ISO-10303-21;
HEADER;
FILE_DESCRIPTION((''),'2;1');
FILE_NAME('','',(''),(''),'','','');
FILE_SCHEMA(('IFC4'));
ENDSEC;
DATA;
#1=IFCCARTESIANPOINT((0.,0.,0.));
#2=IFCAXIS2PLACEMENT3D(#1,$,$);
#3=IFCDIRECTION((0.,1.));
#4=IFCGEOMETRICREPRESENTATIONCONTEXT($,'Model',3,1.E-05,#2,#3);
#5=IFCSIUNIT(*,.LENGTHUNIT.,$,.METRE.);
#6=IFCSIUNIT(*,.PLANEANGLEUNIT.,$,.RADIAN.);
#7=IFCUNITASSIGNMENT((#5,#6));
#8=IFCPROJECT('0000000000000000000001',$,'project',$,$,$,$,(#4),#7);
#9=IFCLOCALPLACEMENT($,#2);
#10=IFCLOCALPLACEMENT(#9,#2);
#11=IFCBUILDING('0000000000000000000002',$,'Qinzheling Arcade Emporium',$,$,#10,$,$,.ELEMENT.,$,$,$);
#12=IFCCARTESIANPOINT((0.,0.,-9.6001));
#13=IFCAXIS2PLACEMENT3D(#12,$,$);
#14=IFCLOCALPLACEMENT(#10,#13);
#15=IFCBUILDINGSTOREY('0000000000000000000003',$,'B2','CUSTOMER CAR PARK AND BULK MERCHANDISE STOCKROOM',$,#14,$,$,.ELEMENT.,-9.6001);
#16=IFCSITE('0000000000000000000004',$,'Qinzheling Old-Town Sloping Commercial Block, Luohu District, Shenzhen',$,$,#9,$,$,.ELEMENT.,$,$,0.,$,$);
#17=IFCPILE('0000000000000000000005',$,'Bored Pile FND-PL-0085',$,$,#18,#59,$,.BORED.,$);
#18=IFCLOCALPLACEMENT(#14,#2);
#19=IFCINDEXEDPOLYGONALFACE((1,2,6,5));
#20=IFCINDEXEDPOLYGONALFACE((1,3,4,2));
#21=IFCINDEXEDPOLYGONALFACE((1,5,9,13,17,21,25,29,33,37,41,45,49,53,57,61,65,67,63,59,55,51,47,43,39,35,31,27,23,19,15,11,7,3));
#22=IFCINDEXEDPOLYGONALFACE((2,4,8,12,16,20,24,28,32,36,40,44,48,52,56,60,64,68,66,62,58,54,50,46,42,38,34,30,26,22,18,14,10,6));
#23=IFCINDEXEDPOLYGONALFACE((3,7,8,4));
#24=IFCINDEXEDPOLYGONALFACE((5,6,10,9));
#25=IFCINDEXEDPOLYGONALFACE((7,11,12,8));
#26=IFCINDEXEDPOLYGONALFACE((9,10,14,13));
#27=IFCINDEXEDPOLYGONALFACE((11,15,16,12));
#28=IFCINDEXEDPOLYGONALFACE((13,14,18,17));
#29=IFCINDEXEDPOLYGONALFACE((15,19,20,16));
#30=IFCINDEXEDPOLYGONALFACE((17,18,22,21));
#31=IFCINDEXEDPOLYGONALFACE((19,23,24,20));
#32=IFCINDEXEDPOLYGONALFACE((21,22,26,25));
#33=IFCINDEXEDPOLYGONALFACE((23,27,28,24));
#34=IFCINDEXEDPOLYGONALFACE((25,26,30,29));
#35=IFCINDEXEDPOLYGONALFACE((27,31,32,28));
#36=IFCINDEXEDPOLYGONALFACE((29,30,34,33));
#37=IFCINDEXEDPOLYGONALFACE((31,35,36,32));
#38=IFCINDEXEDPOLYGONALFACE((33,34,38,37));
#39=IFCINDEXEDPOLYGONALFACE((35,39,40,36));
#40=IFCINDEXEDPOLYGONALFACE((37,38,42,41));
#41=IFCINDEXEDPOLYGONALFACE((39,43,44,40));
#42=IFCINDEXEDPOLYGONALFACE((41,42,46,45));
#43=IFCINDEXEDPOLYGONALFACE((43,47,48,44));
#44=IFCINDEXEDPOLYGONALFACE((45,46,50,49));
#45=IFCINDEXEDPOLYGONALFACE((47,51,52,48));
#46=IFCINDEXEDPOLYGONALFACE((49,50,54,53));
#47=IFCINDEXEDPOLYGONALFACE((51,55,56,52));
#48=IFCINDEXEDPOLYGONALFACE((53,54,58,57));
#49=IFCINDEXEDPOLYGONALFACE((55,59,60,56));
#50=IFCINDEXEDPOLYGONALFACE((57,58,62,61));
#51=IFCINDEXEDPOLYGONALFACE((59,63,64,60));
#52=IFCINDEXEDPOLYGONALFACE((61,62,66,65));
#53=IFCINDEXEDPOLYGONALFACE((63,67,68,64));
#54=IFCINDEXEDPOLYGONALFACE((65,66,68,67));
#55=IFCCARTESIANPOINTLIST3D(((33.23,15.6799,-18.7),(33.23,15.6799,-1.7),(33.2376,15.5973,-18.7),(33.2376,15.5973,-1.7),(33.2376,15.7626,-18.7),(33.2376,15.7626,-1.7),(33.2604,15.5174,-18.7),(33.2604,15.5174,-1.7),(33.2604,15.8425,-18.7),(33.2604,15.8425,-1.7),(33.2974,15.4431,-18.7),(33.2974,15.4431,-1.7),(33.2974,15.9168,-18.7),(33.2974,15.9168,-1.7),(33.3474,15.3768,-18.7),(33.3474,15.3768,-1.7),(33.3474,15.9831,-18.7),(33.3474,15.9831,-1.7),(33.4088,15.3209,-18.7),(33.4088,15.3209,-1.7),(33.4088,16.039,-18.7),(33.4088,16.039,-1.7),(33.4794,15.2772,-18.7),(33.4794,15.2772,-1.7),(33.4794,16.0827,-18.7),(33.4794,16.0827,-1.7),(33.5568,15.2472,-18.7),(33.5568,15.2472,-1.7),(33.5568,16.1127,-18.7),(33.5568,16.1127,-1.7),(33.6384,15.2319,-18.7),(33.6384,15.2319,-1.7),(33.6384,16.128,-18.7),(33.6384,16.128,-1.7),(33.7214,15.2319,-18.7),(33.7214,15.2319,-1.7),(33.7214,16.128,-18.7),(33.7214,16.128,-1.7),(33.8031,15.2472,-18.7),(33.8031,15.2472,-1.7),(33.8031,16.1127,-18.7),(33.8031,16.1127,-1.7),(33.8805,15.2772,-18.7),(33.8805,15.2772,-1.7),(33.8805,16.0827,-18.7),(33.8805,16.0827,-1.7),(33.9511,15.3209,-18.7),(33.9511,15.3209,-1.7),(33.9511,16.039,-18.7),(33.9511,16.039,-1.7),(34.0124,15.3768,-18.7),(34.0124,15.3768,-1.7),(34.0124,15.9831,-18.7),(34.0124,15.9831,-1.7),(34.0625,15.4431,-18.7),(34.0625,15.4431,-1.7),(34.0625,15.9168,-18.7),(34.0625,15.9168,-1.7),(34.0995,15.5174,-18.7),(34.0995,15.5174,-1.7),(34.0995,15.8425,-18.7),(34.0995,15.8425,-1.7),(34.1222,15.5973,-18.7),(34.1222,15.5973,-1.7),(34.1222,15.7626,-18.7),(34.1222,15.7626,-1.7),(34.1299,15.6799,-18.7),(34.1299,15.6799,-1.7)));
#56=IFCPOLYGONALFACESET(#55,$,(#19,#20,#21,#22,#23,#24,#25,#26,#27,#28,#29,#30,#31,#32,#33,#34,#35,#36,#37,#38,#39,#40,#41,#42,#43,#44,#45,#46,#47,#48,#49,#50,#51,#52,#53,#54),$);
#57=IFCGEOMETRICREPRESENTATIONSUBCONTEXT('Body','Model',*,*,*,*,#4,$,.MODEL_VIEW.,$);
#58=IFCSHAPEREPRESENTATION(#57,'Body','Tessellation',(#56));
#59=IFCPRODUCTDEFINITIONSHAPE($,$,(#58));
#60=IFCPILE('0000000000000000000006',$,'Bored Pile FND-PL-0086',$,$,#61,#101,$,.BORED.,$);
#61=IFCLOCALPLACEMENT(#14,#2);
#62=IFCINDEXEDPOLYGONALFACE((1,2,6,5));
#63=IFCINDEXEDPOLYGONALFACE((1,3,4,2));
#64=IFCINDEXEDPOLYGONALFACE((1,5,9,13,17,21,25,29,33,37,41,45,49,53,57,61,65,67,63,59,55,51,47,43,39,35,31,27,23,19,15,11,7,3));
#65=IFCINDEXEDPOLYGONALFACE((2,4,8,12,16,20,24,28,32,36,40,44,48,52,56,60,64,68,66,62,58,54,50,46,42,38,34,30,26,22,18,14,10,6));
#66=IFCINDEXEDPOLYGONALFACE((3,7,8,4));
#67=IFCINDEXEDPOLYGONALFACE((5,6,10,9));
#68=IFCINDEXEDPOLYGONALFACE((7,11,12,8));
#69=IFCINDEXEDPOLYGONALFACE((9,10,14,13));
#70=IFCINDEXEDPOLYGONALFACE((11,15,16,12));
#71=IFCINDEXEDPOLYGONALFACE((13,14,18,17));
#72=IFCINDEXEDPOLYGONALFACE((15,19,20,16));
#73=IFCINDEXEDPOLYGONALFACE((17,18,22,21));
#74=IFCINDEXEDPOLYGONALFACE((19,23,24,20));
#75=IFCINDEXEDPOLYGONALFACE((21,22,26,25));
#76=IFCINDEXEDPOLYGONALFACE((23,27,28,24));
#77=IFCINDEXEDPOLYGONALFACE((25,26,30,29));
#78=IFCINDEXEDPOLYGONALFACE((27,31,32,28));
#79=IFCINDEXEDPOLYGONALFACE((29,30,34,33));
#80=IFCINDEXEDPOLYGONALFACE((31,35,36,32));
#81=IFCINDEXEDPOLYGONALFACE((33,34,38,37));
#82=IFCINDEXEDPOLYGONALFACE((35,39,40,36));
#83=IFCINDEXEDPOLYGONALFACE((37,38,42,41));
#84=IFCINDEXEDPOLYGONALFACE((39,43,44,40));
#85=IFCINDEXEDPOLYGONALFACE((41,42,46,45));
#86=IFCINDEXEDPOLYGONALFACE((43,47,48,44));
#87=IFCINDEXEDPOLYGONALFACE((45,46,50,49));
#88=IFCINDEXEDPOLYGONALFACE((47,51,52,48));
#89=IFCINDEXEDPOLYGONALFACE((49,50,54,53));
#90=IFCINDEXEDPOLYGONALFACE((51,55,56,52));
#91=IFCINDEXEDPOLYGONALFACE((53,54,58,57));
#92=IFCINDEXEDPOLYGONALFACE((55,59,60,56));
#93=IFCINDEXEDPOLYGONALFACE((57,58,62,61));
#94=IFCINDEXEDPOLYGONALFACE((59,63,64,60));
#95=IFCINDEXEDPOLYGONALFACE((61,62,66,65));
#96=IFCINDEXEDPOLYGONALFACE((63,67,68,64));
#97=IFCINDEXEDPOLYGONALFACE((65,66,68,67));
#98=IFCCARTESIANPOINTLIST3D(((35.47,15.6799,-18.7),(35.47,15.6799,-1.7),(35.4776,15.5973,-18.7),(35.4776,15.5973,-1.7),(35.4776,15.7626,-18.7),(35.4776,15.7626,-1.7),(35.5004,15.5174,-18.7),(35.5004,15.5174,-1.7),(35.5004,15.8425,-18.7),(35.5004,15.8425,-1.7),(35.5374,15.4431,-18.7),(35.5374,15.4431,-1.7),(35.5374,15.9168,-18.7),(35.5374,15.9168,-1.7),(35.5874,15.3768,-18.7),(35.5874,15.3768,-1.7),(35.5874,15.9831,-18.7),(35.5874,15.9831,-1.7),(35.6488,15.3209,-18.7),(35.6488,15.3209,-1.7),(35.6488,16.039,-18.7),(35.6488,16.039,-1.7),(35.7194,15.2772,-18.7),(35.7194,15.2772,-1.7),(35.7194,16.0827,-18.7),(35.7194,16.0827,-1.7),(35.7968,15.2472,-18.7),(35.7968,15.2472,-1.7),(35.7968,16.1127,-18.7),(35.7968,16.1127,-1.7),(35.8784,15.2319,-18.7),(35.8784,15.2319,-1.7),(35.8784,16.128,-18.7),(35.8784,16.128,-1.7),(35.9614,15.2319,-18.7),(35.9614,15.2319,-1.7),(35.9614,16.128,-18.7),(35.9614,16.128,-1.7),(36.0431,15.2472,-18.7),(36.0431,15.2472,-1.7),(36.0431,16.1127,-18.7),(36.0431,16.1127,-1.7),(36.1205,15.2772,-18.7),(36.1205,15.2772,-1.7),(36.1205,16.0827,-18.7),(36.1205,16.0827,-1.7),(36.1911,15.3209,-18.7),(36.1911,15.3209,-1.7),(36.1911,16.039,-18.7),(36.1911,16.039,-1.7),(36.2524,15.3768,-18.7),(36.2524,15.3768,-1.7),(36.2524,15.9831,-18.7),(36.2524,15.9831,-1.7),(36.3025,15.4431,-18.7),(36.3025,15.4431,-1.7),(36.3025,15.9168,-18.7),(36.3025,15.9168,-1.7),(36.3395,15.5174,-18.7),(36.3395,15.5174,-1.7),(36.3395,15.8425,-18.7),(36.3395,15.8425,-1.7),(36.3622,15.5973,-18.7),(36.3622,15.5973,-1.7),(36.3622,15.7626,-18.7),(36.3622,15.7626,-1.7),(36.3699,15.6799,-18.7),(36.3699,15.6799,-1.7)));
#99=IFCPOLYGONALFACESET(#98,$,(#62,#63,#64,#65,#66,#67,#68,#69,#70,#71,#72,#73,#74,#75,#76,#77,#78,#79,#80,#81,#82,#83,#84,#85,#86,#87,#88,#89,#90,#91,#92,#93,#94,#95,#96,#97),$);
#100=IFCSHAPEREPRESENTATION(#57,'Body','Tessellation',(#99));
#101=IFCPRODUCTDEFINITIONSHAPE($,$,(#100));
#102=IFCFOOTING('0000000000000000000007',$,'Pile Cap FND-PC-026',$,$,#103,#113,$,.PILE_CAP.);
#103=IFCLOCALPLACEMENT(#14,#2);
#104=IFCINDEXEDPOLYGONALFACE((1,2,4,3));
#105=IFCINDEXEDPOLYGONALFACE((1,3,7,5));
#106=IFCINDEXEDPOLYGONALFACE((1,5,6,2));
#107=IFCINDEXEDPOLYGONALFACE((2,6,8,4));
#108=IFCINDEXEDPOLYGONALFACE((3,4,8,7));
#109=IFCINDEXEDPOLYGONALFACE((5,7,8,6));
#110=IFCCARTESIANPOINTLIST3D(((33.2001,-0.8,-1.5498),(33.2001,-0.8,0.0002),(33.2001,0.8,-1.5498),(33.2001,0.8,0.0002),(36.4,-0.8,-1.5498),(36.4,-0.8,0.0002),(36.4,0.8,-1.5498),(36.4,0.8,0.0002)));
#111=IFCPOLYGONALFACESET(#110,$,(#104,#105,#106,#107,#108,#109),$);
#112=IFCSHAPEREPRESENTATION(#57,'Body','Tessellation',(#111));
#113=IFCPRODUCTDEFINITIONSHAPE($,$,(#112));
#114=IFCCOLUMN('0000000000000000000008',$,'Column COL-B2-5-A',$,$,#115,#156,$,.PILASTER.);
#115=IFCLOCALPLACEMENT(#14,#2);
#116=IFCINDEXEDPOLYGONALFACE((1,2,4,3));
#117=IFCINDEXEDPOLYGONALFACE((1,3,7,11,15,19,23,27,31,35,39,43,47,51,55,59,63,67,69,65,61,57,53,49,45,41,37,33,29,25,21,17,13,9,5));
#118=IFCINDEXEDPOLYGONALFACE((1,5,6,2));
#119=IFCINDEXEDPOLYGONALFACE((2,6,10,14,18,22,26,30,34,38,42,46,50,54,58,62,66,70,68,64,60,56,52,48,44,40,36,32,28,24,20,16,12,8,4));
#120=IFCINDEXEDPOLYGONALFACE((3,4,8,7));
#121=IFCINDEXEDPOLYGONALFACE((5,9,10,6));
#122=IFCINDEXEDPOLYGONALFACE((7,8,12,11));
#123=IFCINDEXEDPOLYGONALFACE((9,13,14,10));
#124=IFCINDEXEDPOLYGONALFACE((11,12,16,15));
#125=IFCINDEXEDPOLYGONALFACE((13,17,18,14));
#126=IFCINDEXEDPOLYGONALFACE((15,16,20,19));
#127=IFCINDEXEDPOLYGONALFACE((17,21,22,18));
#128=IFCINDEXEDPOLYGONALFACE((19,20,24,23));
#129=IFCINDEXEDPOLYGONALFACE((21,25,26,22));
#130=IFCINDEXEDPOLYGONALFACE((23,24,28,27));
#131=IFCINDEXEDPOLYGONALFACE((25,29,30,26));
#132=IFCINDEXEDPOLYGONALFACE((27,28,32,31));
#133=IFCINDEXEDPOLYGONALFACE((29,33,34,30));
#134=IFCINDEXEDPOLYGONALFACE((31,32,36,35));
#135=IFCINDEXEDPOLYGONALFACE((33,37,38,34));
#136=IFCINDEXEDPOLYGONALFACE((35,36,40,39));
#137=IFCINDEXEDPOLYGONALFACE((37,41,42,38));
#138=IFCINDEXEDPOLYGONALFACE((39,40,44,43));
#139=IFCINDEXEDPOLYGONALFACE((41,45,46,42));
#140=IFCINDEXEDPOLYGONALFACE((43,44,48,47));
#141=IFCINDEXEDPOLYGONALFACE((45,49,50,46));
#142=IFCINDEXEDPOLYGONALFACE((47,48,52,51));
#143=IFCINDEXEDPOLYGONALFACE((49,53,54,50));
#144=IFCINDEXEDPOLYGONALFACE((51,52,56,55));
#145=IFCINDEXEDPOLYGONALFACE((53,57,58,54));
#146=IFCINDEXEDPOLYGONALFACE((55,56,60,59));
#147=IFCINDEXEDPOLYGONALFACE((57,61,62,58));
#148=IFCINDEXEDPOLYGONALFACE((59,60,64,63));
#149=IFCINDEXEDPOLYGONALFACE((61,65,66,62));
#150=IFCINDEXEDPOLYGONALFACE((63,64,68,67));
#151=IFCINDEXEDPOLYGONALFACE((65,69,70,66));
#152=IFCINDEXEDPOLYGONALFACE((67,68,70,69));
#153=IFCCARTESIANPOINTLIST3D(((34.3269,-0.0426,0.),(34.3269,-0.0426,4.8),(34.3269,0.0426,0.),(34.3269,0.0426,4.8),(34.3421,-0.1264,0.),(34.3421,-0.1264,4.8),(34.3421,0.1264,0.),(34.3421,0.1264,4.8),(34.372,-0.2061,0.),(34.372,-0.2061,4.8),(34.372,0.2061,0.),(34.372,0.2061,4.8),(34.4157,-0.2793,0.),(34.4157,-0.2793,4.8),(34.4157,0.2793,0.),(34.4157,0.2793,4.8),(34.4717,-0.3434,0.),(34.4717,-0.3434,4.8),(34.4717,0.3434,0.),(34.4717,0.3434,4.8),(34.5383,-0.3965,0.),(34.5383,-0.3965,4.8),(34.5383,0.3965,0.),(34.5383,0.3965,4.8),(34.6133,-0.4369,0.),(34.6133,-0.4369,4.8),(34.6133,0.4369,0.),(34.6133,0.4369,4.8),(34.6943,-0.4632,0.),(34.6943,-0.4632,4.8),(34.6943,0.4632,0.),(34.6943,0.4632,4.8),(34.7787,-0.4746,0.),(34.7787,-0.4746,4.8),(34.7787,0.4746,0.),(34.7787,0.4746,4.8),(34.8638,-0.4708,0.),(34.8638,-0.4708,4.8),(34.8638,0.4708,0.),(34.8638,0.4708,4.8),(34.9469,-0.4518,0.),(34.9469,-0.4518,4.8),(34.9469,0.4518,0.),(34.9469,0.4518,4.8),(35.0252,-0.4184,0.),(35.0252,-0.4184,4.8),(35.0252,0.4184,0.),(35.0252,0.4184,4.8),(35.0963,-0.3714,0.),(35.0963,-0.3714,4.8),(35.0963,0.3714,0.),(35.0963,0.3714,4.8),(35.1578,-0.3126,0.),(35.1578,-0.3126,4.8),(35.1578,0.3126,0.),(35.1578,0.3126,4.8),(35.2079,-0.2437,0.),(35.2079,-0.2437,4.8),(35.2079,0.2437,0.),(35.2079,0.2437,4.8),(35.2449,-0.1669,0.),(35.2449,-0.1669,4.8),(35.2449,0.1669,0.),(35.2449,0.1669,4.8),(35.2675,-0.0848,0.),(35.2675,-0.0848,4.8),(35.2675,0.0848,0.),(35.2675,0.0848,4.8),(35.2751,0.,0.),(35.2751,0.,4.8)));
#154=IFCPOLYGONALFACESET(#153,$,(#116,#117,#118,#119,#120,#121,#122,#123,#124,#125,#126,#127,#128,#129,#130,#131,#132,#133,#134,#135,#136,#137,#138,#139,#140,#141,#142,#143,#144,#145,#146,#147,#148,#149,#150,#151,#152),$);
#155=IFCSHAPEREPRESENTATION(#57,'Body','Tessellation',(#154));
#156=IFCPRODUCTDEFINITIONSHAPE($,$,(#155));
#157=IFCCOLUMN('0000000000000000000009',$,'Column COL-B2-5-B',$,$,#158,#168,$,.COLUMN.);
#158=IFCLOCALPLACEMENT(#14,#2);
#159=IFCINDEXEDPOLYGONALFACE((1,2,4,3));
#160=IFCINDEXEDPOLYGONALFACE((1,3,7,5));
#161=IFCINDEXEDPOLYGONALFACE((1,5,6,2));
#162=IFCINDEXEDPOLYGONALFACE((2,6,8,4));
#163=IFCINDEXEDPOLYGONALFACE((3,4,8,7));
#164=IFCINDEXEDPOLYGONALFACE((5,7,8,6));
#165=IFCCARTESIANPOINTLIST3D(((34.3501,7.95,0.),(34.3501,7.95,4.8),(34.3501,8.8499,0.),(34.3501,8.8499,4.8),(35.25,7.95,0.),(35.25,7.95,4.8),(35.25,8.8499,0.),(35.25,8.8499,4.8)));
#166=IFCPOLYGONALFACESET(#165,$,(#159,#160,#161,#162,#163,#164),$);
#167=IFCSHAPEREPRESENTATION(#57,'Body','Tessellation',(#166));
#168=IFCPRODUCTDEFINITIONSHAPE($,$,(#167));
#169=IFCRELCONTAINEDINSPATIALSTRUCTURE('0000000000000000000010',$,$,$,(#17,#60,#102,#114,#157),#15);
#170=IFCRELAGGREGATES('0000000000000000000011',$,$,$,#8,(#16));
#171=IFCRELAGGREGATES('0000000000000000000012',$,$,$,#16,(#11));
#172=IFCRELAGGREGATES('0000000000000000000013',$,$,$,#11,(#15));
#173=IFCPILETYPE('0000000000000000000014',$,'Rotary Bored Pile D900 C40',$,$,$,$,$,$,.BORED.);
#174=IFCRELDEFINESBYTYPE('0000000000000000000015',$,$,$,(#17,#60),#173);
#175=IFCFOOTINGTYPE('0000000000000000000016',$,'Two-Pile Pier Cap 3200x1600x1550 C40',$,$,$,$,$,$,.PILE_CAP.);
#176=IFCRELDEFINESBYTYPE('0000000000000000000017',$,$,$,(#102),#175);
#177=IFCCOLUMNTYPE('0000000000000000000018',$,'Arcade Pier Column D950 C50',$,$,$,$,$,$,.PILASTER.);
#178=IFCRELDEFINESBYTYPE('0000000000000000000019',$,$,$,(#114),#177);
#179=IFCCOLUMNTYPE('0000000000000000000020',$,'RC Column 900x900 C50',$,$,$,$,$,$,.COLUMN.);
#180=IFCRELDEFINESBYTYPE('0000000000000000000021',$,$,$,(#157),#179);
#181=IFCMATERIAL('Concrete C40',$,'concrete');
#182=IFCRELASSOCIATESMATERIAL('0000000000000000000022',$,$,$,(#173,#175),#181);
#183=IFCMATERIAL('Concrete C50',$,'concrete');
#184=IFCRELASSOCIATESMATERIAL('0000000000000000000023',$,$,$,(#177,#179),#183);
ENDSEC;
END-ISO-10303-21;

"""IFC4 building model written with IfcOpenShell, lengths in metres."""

from ifc_helpers import new_model, si_unit, direction, frame, origin, origin_2d, place, context, subcontext, project, spatial, rectangle, circle, extrude, material, material_profile, profile_set, type_object, element, save


model = new_model("IFC4")

# Units and contexts
model_context = context("Model", 3, precision=1e-05, world=origin(), true_north=direction((0.0, 1.0)))
body_context = subcontext(model_context, "Body", "Model", "MODEL_VIEW")
ifc_project = project(units=[si_unit("LENGTHUNIT", "METRE"), si_unit("PLANEANGLEUNIT", "RADIAN")], contexts=[model_context])

# Site, building, storey
site_placement = place(None, origin())
site = spatial("IfcSite", under=ifc_project, at=site_placement, Name="Qinzheling Old-Town Sloping Commercial Block, Luohu District, Shenzhen", CompositionType="ELEMENT", RefElevation=0.0)
building_placement = place(site_placement, origin())
building = spatial("IfcBuilding", under=site, at=building_placement, Name="Qinzheling Arcade Emporium", CompositionType="ELEMENT")
storey_placement = place(building_placement, frame((0.0, 0.0, -9.6001)))
storey = spatial("IfcBuildingStorey", under=building, at=storey_placement, Name="B2", Description="CUSTOMER CAR PARK AND BULK MERCHANDISE STOCKROOM", CompositionType="ELEMENT", Elevation=-9.6001)

# Shared definitions
ifc_material_1 = material(Name="Concrete C40", Category="concrete")

# Piles
ifc_material_profile_1 = material_profile(ifc_material_1, circle(Radius=0.45, at=origin_2d()), Name="BORED D900", Category="concrete")
ifc_profile_set_1 = profile_set([ifc_material_profile_1], Name="Concrete C40")
pile_type = type_object("IfcPileType", Name="Rotary Bored Pile D900 C40", PredefinedType="BORED", material=ifc_profile_set_1)
for number, where, z_axis, x_axis, name in (
    (1, (33.6799, 15.6799, -1.7), (0.0, 0.0, -1.0), (1.0, 0.0, 0.0), "Bored Pile FND-PL-0085"),
    (2, (35.9199, 15.6799, -1.7), (0.0, 0.0, -1.0), (1.0, 0.0, 0.0), "Bored Pile FND-PL-0086"),
):
    element("IfcPile", number, at=place(storey_placement, frame(where, z_axis=z_axis, x_axis=x_axis)), inside=storey, type_object=pile_type, Name=name, PredefinedType="BORED", context=body_context, shape_type="SweptSolid", body=[
        extrude(circle(Radius=0.45, at=origin_2d()), origin(), (0.0, 0.0, 1.0), 17.0),
    ])

# Footing
footing_type_1 = type_object("IfcFootingType", Name="Two-Pile Pier Cap 3200x1600x1550 C40", PredefinedType="PILE_CAP", material=ifc_material_1)
footing_1_placement = place(storey_placement, frame((34.8, 0.0, -1.5498), z_axis=(0.0, 0.0, 1.0), x_axis=(1.0, 0.0, 0.0)))
element("IfcFooting", 3, at=footing_1_placement, inside=storey, type_object=footing_type_1, Name="Pile Cap FND-PC-026", PredefinedType="PILE_CAP", context=body_context, shape_type="SweptSolid", body=[
    extrude(rectangle(XDim=3.2, YDim=1.6001, at=origin_2d()), origin(), (0.0, 0.0, 1.0), 1.55),
])

# Columns
ifc_material_2 = material(Name="Concrete C50", Category="concrete")
ifc_material_profile_2 = material_profile(ifc_material_2, circle(Radius=0.4751, at=origin_2d()), Name="RC D950", Category="concrete")
ifc_profile_set_2 = profile_set([ifc_material_profile_2], Name="Concrete C50")
column_type_1 = type_object("IfcColumnType", Name="Arcade Pier Column D950 C50", PredefinedType="PILASTER", material=ifc_profile_set_2)
column_1_placement = place(storey_placement, frame((34.8, 0.0, 0.0), z_axis=(0.0, 0.0, 1.0), x_axis=(1.0, 0.0, 0.0)))
element("IfcColumn", 4, at=column_1_placement, inside=storey, type_object=column_type_1, Name="Column COL-B2-5-A", PredefinedType="PILASTER", context=body_context, shape_type="SweptSolid", body=[
    extrude(circle(Radius=0.4751, at=origin_2d()), origin(), (0.0, 0.0, 1.0), 4.8),
])
ifc_material_profile_3 = material_profile(ifc_material_2, rectangle(XDim=0.8999, YDim=0.8999, at=origin_2d()), Name="RC 900x900", Category="concrete")
ifc_profile_set_3 = profile_set([ifc_material_profile_3], Name="Concrete C50")
column_type_2 = type_object("IfcColumnType", Name="RC Column 900x900 C50", PredefinedType="COLUMN", material=ifc_profile_set_3)
column_2_placement = place(storey_placement, frame((34.8, 8.3999, 0.0), z_axis=(0.0, 0.0, 1.0), x_axis=(1.0, 0.0, 0.0)))
element("IfcColumn", 5, at=column_2_placement, inside=storey, type_object=column_type_2, Name="Column COL-B2-5-B", PredefinedType="COLUMN", context=body_context, shape_type="SweptSolid", body=[
    extrude(rectangle(XDim=0.8999, YDim=0.8999, at=origin_2d()), origin(), (0.0, 0.0, 1.0), 4.8),
])

save(model, "model.ifc")
